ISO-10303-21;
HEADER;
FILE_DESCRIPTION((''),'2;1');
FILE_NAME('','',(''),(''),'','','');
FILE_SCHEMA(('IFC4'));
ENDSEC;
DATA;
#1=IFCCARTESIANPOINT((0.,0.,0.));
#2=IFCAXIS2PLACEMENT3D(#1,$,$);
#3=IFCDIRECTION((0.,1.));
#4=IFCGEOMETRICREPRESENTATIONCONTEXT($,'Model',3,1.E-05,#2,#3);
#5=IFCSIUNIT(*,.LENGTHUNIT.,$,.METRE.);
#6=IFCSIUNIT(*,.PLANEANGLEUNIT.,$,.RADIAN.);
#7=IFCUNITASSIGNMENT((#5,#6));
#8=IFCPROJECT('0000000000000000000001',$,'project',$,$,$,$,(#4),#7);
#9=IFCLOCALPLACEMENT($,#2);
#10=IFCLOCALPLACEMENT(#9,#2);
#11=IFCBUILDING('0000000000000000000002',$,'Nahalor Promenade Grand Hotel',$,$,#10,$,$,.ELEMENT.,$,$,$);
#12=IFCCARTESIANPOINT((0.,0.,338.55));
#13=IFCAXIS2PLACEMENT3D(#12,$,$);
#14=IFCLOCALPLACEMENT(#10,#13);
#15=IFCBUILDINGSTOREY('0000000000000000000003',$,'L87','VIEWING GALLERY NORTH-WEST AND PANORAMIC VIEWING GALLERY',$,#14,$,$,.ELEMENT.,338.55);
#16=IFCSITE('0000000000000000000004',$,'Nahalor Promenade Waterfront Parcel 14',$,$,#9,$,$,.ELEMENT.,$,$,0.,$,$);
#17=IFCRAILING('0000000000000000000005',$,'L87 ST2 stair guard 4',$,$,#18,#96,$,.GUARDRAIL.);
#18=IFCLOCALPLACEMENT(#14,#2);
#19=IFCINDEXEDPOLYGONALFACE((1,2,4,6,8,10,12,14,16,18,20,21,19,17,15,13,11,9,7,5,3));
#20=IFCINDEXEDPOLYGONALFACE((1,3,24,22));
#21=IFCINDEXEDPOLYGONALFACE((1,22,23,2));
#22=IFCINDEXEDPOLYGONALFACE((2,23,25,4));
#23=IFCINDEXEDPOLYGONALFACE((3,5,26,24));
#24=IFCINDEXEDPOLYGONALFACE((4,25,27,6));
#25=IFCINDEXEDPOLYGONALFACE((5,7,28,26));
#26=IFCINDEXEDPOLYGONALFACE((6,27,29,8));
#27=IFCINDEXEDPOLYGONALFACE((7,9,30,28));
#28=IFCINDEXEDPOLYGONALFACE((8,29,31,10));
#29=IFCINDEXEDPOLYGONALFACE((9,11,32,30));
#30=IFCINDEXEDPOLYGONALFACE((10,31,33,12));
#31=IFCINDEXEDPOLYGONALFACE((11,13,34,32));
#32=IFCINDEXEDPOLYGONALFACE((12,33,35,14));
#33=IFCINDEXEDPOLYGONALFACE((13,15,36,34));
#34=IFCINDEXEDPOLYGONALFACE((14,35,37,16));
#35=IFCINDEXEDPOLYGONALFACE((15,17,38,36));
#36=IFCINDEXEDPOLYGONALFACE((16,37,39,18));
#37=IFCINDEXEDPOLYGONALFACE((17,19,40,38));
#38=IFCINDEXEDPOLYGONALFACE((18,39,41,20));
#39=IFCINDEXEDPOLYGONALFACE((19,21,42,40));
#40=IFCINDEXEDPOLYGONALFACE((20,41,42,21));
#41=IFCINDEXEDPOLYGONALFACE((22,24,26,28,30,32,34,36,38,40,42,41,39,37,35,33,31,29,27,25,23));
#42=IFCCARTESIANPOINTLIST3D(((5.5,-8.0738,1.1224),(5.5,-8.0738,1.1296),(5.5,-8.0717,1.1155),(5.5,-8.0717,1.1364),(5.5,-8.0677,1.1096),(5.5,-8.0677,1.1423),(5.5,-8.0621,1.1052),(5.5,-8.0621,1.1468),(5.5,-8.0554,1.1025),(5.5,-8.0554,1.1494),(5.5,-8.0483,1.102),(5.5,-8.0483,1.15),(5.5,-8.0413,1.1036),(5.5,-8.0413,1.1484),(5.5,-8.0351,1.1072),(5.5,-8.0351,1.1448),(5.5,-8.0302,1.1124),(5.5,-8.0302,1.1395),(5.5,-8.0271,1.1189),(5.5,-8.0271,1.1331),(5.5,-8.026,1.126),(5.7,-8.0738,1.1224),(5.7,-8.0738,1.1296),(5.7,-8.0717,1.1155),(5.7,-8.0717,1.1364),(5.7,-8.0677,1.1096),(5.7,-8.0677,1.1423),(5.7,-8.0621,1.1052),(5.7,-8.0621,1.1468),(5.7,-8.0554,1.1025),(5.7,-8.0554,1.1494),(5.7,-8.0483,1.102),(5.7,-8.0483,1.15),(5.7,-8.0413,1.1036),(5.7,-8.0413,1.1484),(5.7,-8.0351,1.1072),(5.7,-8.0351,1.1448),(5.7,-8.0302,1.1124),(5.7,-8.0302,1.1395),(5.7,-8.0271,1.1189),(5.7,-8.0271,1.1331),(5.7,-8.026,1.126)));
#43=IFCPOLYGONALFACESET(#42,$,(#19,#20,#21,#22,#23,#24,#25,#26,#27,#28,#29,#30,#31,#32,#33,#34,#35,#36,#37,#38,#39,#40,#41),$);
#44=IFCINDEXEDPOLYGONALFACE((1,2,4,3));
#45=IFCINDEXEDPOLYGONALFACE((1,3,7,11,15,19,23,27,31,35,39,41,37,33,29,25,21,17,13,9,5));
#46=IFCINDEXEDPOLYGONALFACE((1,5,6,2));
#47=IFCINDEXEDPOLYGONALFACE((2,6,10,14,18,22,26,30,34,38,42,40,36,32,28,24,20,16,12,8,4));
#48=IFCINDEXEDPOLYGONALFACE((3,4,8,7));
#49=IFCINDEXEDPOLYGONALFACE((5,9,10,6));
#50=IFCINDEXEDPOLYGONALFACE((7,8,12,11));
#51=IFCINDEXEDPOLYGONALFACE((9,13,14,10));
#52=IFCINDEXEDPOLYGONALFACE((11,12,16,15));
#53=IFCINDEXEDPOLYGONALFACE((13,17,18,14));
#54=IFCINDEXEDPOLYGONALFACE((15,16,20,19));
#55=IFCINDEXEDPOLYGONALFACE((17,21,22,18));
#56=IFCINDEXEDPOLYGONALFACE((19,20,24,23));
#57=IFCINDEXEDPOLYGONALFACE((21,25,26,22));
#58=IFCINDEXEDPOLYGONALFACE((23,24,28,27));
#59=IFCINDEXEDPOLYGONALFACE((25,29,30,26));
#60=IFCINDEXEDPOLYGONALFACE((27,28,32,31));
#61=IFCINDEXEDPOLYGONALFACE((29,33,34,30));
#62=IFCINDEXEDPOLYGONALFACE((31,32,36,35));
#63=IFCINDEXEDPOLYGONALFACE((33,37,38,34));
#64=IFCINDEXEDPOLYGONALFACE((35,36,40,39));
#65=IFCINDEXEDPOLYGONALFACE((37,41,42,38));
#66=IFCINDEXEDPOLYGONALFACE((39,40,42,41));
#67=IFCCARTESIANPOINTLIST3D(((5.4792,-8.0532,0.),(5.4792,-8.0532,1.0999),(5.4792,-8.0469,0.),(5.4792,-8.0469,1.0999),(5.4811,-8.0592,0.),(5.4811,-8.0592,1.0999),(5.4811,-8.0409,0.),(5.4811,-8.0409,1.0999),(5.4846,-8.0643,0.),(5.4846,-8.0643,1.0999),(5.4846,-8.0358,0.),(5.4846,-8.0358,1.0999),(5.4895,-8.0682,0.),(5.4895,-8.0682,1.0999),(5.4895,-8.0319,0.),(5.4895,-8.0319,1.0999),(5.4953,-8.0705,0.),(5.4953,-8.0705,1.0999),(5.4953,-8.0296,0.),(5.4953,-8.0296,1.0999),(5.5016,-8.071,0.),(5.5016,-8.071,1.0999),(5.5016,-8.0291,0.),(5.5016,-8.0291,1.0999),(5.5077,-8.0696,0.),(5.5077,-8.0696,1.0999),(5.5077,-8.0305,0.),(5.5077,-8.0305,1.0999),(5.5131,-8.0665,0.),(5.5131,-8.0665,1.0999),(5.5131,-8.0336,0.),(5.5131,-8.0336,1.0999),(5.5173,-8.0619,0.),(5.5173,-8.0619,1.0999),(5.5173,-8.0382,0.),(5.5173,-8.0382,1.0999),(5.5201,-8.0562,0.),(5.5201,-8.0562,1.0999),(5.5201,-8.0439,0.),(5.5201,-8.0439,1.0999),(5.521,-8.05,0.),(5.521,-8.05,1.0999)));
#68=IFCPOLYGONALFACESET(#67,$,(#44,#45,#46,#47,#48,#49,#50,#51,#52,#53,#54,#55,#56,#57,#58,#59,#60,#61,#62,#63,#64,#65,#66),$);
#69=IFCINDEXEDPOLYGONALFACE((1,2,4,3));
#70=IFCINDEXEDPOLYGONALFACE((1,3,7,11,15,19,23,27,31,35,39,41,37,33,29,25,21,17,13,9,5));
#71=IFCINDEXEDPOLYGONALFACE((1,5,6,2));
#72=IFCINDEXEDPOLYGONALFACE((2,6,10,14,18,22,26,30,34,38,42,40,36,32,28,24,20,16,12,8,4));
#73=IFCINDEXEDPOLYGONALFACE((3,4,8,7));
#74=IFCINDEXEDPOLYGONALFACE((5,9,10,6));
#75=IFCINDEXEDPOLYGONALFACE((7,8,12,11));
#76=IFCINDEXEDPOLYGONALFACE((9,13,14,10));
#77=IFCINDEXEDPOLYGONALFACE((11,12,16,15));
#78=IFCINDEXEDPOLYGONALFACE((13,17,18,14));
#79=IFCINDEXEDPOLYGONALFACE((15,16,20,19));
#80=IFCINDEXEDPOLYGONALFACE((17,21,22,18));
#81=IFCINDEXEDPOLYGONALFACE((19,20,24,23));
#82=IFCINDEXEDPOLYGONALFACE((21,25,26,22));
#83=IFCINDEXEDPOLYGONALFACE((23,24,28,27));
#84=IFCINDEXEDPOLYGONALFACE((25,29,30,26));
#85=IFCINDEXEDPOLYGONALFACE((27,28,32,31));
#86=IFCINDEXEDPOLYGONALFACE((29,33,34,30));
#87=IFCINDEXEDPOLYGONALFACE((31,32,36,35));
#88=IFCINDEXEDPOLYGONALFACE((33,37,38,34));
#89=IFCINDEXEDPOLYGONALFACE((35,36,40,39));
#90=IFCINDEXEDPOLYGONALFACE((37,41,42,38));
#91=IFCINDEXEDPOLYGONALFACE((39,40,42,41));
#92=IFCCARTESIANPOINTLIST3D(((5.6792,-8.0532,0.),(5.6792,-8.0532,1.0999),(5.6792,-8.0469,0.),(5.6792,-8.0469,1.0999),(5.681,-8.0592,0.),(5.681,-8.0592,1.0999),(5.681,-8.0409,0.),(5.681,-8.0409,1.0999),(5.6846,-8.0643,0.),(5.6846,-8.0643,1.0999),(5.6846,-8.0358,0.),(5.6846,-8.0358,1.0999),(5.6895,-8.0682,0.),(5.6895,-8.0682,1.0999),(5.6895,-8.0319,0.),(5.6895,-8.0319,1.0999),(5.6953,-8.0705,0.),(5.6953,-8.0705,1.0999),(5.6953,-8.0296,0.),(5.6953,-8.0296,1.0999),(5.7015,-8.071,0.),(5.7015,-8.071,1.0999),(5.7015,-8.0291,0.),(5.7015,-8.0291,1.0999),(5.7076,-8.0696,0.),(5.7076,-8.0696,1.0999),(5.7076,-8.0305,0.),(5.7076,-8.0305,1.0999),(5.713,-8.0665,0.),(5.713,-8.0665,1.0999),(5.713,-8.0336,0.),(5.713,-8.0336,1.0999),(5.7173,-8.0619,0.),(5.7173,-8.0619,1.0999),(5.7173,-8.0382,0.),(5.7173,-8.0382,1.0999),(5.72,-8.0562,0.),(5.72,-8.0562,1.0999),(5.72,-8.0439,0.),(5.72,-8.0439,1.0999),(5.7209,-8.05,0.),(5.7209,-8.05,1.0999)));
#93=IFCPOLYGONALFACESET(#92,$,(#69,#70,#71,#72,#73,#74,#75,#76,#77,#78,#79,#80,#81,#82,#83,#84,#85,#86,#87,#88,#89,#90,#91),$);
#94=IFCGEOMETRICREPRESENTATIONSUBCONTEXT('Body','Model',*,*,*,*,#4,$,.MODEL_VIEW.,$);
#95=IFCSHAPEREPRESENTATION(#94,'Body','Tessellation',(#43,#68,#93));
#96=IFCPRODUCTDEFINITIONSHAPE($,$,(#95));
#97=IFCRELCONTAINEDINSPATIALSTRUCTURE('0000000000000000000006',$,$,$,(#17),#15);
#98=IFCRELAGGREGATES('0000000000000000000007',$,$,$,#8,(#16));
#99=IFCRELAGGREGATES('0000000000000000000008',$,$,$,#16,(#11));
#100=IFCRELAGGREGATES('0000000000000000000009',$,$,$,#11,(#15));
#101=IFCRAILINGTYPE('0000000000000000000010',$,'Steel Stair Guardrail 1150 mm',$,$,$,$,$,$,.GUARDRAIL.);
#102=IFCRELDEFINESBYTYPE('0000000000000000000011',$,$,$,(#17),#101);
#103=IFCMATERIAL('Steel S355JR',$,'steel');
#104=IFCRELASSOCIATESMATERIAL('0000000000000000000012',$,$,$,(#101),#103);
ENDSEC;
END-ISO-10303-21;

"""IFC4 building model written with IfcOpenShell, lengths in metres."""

from ifc_helpers import new_model, si_unit, direction, frame, origin, origin_2d, place, context, subcontext, project, spatial, circle, extrude, material, type_object, element, save


model = new_model("IFC4")

# Units and contexts
model_context = context("Model", 3, precision=1e-05, world=origin(), true_north=direction((0.0, 1.0)))
body_context = subcontext(model_context, "Body", "Model", "MODEL_VIEW")
ifc_project = project(units=[si_unit("LENGTHUNIT", "METRE"), si_unit("PLANEANGLEUNIT", "RADIAN")], contexts=[model_context])

# Site, building, storey
site_placement = place(None, origin())
site = spatial("IfcSite", under=ifc_project, at=site_placement, Name="Nahalor Promenade Waterfront Parcel 14", CompositionType="ELEMENT", RefElevation=0.0)
building_placement = place(site_placement, origin())
building = spatial("IfcBuilding", under=site, at=building_placement, Name="Nahalor Promenade Grand Hotel", CompositionType="ELEMENT")
storey_placement = place(building_placement, frame((0.0, 0.0, 338.55)))
storey = spatial("IfcBuildingStorey", under=building, at=storey_placement, Name="L87", Description="VIEWING GALLERY NORTH-WEST AND PANORAMIC VIEWING GALLERY", CompositionType="ELEMENT", Elevation=338.55)

# Shared definitions
ifc_material_1 = material(Name="Steel S355JR", Category="steel")

# Railing
railing_type_1 = type_object("IfcRailingType", Name="Steel Stair Guardrail 1150 mm", PredefinedType="GUARDRAIL", material=ifc_material_1)
railing_1_placement = place(storey_placement, frame((5.5, -8.05, 0.0)))
element("IfcRailing", 1, at=railing_1_placement, inside=storey, type_object=railing_type_1, Name="L87 ST2 stair guard 4", PredefinedType="GUARDRAIL", context=body_context, shape_type="SweptSolid", body=[
    extrude(circle(Radius=0.024, at=origin_2d()), frame((0.0, 0.0, 1.126), z_axis=(1.0, 0.0, 0.0), x_axis=(0.0, 1.0, 0.0)), (0.0, 0.0, 1.0), 0.2),
    extrude(circle(Radius=0.021, at=origin_2d()), origin(), (0.0, 0.0, 1.0), 1.0999),
    extrude(circle(Radius=0.021, at=origin_2d()), frame((0.2, 0.0, 0.0)), (0.0, 0.0, 1.0), 1.0999),
])

save(model, "model.ifc")
